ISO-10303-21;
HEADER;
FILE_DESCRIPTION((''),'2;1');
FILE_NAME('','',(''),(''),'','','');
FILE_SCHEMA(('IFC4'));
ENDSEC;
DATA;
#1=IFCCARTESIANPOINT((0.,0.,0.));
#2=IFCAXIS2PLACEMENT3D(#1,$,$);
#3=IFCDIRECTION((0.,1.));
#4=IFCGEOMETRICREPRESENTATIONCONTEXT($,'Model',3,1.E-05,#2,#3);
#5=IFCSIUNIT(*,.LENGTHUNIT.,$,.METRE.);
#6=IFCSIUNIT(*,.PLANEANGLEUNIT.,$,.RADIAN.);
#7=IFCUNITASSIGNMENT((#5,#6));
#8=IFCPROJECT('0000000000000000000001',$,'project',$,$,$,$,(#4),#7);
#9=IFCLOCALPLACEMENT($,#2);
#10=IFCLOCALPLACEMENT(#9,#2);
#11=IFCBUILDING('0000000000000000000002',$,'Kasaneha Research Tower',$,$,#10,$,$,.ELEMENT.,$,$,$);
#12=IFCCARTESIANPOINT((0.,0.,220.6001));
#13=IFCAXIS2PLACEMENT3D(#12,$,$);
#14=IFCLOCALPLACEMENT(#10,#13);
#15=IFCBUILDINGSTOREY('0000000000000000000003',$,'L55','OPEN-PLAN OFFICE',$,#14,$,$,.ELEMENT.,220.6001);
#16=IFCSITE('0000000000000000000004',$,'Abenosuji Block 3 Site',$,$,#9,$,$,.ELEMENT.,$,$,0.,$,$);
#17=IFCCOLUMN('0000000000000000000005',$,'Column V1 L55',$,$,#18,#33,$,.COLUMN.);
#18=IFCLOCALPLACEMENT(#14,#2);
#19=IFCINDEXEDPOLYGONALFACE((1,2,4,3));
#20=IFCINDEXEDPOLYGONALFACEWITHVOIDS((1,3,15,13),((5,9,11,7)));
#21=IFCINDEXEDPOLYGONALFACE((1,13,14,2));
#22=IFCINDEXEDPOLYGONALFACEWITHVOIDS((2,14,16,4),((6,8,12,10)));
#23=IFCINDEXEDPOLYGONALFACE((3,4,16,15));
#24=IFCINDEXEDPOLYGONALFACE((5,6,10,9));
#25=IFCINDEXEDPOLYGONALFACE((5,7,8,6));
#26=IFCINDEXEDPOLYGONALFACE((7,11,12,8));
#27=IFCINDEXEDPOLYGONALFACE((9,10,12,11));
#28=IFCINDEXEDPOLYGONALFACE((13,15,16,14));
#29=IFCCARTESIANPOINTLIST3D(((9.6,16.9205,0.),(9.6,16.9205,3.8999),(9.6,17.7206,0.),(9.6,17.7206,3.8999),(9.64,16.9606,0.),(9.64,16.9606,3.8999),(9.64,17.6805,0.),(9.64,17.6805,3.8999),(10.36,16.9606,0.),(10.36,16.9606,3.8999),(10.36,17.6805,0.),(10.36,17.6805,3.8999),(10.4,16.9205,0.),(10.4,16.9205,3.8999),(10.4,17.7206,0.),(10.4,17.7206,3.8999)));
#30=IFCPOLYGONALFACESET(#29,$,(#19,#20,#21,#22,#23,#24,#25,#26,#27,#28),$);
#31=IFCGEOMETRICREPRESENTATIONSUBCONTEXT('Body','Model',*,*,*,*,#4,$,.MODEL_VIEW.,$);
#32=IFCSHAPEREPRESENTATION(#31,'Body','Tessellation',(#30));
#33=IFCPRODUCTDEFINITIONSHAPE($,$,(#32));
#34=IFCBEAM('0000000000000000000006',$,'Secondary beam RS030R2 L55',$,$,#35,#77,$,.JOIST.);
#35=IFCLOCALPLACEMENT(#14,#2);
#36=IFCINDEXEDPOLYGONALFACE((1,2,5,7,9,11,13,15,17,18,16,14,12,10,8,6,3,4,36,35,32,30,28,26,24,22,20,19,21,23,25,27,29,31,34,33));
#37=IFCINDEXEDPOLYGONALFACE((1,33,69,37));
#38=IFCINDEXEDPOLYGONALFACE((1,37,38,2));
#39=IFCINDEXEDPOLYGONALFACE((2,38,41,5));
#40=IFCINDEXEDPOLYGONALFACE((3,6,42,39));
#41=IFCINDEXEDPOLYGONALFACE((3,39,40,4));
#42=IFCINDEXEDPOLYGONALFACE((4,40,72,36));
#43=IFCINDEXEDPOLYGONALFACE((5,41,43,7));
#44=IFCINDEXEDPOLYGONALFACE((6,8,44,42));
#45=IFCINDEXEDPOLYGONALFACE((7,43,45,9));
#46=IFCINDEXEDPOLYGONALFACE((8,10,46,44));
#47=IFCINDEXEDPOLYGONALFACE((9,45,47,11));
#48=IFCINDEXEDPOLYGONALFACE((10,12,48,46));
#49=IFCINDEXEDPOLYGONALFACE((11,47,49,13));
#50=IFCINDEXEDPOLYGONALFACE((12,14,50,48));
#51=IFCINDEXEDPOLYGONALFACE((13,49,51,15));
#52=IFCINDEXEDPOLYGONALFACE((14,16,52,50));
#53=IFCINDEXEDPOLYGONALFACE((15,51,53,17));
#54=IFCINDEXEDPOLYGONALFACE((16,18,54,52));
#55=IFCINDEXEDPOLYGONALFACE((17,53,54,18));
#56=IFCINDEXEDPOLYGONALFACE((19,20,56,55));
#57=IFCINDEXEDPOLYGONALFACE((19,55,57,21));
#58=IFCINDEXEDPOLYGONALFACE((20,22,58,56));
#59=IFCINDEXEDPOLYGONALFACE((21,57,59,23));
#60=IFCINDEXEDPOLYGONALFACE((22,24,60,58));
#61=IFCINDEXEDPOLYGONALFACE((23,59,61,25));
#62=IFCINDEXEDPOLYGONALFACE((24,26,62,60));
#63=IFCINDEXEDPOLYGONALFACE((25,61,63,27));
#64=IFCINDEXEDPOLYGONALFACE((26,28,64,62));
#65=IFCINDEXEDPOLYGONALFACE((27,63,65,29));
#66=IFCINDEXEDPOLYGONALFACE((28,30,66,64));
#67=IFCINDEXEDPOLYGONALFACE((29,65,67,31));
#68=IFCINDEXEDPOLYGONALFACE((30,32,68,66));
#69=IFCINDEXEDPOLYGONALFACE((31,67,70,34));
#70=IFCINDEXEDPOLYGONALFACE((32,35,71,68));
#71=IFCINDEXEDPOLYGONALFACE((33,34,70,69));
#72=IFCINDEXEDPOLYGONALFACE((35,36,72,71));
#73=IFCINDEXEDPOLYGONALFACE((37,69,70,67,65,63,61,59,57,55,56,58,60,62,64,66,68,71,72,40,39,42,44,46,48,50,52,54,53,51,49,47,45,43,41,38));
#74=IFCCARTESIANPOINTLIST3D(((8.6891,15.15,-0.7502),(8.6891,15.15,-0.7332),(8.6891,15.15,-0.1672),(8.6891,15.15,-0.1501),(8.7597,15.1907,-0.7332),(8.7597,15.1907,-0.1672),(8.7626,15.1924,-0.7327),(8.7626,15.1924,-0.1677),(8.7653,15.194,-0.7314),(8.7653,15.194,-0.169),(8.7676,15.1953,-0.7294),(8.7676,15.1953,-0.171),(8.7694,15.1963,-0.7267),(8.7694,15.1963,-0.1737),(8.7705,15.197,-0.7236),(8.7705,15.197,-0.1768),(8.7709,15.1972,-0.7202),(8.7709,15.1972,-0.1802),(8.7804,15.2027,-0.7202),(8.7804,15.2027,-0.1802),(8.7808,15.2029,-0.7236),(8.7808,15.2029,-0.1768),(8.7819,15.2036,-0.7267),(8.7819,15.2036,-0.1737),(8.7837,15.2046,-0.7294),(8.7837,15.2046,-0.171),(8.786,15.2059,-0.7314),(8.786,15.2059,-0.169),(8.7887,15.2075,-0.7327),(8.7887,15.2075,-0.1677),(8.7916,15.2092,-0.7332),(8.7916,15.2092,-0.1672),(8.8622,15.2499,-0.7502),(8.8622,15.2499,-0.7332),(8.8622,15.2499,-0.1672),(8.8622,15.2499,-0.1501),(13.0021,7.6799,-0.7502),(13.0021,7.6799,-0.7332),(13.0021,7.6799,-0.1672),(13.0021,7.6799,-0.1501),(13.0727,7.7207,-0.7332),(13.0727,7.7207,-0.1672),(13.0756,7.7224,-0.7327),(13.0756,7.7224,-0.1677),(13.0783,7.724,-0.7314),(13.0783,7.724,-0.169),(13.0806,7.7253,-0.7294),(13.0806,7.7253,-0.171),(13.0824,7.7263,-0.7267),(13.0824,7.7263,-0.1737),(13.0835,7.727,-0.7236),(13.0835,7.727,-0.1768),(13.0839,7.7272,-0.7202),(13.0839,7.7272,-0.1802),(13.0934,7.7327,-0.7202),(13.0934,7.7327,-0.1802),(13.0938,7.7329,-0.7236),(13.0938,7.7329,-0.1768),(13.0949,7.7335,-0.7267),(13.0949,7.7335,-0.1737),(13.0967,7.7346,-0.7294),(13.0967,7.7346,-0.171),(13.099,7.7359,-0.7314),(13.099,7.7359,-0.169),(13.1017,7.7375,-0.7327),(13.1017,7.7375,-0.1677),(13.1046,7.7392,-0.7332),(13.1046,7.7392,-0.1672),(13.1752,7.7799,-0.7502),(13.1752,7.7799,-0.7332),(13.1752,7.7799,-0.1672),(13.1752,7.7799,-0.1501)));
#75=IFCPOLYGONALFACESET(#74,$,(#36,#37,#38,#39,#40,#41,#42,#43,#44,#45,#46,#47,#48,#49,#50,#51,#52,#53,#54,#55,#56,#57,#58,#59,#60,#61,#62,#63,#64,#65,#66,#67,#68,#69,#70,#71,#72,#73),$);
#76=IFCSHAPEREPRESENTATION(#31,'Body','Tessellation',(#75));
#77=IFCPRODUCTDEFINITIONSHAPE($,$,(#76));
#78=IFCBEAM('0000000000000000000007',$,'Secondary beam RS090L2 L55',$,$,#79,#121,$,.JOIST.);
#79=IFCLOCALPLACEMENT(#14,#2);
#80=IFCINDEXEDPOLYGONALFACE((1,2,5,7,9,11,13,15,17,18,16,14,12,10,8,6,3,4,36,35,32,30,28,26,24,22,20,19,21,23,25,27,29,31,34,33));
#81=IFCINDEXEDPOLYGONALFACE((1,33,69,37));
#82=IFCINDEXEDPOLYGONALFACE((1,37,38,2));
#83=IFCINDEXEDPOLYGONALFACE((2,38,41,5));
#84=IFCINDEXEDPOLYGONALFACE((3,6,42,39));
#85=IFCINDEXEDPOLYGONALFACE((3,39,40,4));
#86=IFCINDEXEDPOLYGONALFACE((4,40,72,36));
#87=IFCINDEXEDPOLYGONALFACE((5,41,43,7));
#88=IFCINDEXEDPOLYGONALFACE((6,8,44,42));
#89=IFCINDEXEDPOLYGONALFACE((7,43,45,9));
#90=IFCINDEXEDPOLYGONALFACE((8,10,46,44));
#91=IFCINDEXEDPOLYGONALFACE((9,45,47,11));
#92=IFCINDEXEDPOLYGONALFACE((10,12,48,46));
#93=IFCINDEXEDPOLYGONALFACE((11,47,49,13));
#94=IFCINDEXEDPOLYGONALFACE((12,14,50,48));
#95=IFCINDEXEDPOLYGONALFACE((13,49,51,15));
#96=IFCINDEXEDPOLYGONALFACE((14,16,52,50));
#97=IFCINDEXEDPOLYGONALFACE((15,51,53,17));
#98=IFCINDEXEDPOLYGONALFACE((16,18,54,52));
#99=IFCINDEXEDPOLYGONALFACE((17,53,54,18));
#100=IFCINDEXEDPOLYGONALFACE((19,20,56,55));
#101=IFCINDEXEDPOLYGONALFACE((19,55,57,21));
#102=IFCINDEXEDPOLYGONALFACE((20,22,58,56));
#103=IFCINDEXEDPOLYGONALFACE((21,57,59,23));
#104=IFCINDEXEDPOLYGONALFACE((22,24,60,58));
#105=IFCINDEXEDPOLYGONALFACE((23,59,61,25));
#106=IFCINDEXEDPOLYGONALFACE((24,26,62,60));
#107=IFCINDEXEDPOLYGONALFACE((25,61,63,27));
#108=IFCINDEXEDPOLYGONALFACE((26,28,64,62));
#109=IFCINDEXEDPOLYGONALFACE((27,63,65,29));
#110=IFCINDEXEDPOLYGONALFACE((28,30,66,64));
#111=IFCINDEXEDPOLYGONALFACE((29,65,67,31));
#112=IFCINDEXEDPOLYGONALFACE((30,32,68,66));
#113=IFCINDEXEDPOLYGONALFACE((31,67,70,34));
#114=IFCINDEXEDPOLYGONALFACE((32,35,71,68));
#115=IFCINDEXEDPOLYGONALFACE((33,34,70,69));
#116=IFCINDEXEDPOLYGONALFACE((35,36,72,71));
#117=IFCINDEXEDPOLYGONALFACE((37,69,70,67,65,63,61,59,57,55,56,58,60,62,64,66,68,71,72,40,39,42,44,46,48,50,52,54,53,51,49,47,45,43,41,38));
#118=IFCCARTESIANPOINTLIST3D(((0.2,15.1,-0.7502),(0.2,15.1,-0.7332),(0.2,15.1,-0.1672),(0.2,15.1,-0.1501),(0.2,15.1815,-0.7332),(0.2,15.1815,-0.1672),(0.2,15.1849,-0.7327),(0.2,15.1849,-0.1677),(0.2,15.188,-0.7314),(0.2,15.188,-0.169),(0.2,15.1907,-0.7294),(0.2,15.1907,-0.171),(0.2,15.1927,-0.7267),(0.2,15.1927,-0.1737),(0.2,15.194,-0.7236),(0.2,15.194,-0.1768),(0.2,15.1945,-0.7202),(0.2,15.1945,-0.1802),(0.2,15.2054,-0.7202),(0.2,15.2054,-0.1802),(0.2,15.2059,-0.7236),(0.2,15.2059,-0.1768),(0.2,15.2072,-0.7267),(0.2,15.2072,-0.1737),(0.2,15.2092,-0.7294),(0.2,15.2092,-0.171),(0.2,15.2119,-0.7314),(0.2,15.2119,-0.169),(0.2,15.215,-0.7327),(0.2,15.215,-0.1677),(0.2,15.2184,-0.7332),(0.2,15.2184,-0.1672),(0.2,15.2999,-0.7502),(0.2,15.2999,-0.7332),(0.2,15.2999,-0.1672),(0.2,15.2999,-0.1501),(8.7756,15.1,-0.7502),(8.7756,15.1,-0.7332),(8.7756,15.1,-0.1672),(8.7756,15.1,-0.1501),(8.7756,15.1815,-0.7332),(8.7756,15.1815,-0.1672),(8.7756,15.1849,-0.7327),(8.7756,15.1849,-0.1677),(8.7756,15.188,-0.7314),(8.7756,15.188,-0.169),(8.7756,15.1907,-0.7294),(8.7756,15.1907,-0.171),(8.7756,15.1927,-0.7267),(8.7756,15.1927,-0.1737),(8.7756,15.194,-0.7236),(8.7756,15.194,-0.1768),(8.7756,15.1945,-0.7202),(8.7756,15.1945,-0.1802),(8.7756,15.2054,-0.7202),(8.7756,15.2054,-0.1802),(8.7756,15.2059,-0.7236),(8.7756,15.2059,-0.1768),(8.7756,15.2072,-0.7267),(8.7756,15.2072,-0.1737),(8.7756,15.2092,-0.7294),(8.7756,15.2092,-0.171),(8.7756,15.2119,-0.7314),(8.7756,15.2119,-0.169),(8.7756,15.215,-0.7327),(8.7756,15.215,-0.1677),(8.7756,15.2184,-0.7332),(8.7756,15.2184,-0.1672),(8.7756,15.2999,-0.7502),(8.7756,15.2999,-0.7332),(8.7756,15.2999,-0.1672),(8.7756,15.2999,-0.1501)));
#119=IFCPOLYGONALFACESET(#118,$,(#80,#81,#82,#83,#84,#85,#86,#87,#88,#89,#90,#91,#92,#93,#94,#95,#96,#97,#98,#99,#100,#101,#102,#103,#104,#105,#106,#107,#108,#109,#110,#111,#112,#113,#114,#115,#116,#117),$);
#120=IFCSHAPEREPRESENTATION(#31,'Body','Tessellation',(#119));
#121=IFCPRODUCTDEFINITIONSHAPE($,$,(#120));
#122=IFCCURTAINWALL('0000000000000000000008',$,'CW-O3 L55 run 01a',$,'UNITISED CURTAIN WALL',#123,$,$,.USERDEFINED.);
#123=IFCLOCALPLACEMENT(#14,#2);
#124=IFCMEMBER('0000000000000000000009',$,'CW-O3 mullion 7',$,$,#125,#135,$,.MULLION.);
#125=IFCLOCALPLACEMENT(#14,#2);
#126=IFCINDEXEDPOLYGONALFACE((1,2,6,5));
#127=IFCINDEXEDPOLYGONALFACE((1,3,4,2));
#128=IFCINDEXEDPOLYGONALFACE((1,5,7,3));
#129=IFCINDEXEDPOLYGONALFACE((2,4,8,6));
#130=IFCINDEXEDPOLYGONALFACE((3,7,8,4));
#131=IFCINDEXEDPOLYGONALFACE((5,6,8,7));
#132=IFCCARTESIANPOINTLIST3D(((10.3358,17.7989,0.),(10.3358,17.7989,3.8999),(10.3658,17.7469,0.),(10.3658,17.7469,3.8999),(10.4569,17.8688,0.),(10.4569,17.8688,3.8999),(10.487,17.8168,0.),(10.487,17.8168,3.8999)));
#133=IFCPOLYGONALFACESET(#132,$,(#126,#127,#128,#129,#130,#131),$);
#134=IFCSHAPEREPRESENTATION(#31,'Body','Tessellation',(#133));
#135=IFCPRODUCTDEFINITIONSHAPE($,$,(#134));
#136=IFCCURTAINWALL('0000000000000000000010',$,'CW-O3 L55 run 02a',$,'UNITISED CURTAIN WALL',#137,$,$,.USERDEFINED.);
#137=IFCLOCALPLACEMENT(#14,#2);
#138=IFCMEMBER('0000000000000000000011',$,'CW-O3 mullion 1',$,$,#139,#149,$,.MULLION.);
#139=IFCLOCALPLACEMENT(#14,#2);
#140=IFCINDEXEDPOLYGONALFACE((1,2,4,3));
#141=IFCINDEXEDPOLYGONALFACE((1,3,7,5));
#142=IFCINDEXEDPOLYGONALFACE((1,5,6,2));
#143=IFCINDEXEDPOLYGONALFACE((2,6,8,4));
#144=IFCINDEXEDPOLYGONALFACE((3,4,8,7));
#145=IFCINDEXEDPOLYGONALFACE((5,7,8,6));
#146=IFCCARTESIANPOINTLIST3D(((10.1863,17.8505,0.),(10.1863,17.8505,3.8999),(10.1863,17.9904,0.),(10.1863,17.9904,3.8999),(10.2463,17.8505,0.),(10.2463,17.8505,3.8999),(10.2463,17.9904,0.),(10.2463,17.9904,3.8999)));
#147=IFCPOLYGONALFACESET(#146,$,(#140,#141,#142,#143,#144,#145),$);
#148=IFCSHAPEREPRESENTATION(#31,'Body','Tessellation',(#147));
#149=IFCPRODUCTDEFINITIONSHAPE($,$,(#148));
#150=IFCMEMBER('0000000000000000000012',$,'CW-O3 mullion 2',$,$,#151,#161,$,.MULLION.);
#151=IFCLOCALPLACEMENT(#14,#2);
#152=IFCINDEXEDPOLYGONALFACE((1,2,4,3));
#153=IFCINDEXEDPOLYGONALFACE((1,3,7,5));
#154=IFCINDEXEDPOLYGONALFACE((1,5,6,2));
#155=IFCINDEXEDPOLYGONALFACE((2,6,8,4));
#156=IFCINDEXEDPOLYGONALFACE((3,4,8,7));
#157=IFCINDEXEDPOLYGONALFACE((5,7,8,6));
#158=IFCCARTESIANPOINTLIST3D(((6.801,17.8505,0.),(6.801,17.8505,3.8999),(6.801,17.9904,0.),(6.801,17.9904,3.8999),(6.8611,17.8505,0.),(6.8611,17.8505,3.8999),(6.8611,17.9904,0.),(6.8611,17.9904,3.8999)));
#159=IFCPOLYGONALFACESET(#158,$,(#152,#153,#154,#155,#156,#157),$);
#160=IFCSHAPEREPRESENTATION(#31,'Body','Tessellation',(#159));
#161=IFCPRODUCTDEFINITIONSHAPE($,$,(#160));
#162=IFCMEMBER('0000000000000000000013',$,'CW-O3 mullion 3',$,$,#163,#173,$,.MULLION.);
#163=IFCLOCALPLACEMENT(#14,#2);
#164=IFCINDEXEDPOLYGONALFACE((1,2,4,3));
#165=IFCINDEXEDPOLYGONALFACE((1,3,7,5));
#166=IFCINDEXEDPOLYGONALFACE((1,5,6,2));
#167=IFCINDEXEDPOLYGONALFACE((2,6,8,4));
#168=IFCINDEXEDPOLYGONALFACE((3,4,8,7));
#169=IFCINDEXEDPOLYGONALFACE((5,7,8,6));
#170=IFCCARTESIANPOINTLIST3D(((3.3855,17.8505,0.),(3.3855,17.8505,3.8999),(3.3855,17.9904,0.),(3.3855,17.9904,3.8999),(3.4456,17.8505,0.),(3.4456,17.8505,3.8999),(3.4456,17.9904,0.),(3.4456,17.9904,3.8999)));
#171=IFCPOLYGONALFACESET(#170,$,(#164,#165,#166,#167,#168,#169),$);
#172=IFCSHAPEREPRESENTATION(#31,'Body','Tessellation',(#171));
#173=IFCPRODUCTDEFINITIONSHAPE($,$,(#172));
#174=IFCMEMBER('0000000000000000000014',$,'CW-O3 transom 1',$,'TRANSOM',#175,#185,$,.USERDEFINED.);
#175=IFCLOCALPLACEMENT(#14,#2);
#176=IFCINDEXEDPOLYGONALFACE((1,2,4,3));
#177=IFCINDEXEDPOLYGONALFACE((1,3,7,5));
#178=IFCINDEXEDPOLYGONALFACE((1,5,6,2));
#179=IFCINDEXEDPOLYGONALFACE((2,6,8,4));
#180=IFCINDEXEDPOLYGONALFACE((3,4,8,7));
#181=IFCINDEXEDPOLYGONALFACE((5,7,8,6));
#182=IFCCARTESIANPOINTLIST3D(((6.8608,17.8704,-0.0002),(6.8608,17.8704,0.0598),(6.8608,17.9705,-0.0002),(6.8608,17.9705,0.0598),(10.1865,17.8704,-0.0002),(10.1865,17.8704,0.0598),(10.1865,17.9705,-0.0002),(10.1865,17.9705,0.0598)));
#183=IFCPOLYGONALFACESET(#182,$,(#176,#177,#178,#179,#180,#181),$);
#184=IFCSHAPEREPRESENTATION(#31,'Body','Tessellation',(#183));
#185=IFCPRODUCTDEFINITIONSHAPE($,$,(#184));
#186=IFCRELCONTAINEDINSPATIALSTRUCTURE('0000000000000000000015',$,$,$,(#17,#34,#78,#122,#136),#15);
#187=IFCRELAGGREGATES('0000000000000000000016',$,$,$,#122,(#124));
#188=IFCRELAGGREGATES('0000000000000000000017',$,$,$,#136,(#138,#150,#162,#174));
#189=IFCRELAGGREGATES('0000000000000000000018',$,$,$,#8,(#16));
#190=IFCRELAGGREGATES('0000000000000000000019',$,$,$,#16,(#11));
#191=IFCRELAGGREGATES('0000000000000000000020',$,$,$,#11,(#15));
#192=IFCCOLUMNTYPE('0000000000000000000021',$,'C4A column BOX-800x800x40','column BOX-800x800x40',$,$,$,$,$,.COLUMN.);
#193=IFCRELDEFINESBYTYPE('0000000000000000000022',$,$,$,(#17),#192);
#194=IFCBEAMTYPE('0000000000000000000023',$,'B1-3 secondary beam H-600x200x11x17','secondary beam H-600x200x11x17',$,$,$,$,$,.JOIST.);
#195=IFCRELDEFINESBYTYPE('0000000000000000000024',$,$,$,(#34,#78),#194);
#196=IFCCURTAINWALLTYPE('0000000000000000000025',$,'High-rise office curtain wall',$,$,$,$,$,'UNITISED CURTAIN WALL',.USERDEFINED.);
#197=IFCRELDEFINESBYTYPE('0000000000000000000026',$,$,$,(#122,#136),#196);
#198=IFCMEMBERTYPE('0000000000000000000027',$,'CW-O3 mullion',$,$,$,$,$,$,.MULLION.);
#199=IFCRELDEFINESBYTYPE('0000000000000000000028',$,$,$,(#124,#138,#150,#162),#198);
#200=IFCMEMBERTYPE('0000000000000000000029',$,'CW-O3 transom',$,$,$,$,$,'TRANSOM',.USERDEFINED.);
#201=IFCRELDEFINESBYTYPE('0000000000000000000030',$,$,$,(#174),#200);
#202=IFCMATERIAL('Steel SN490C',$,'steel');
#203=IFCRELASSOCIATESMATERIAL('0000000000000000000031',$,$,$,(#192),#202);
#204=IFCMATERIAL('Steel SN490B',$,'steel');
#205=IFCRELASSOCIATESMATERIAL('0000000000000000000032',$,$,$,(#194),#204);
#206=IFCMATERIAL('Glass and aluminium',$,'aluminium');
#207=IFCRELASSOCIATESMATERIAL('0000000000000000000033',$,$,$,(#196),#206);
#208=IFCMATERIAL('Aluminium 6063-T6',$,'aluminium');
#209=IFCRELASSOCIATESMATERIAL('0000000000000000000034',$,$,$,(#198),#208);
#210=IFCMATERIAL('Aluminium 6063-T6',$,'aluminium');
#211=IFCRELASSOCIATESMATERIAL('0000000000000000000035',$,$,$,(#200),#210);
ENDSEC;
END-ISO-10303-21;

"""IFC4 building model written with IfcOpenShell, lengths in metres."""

from ifc_helpers import new_model, si_unit, direction, frame, origin, origin_2d, place, context, subcontext, project, spatial, rectangle, hollow_rectangle, i_section, extrude, material, material_profile, profile_set, type_object, element, aggregate, save


model = new_model("IFC4")

# Units and contexts
model_context = context("Model", 3, precision=1e-05, world=origin(), true_north=direction((0.0, 1.0)))
body_context = subcontext(model_context, "Body", "Model", "MODEL_VIEW")
ifc_project = project(units=[si_unit("LENGTHUNIT", "METRE"), si_unit("PLANEANGLEUNIT", "RADIAN")], contexts=[model_context])

# Site, building, storey
site_placement = place(None, origin())
site = spatial("IfcSite", under=ifc_project, at=site_placement, Name="Abenosuji Block 3 Site", CompositionType="ELEMENT", RefElevation=0.0)
building_placement = place(site_placement, origin())
building = spatial("IfcBuilding", under=site, at=building_placement, Name="Kasaneha Research Tower", CompositionType="ELEMENT")
storey_placement = place(building_placement, frame((0.0, 0.0, 220.6001)))
storey = spatial("IfcBuildingStorey", under=building, at=storey_placement, Name="L55", Description="OPEN-PLAN OFFICE", CompositionType="ELEMENT", Elevation=220.6001)

# Column
ifc_material_1 = material(Name="Steel SN490C", Category="steel")
ifc_material_profile_1 = material_profile(ifc_material_1, hollow_rectangle(XDim=0.8, YDim=0.8, WallThickness=0.04, at=origin_2d()), Name="BOX-800x800x40")
ifc_profile_set_1 = profile_set([ifc_material_profile_1], Name="Steel SN490C")
column_type = type_object("IfcColumnType", Name="C4A column BOX-800x800x40", Description="column BOX-800x800x40", PredefinedType="COLUMN", material=ifc_profile_set_1)
column_placement = place(storey_placement, frame((10.0, 17.3206, 0.0), z_axis=(0.0, 0.0, 1.0), x_axis=(1.0, 0.0, 0.0)))
element("IfcColumn", 1, at=column_placement, inside=storey, type_object=column_type, Name="Column V1 L55", PredefinedType="COLUMN", context=body_context, shape_type="SweptSolid", body=[
    extrude(hollow_rectangle(XDim=0.8, YDim=0.8, WallThickness=0.04, at=origin_2d()), origin(), (0.0, 0.0, 1.0), 3.8999),
])

# Beams
ifc_material_2 = material(Name="Steel SN490B", Category="steel")
ifc_material_profile_2 = material_profile(ifc_material_2, i_section(OverallWidth=0.2, OverallDepth=0.6001, WebThickness=0.011, FlangeThickness=0.0171, FilletRadius=0.0129, at=origin_2d()), Name="H-600x200x11x17")
ifc_profile_set_2 = profile_set([ifc_material_profile_2], Name="Steel SN490B")
beam_type_1 = type_object("IfcBeamType", Name="B1-3 secondary beam H-600x200x11x17", Description="secondary beam H-600x200x11x17", PredefinedType="JOIST", material=ifc_profile_set_2)
beam_1_placement = place(storey_placement, frame((8.7756, 15.2, -0.4502), z_axis=(0.500017, -0.866015, 0.0), x_axis=(0.866015, 0.500017, 0.0)))
element("IfcBeam", 2, at=beam_1_placement, inside=storey, type_object=beam_type_1, Name="Secondary beam RS030R2 L55", PredefinedType="JOIST", context=body_context, shape_type="SweptSolid", body=[
    extrude(i_section(OverallWidth=0.2, OverallDepth=0.6001, WebThickness=0.011, FlangeThickness=0.0171, FilletRadius=0.0129, at=origin_2d()), origin(), (0.0, 0.0, 1.0), 8.6257),
])
beam_2_placement = place(storey_placement, frame((8.7756, 15.2, -0.4502), z_axis=(-1.0, 0.0, 0.0), x_axis=(0.0, -1.0, 0.0)))
element("IfcBeam", 3, at=beam_2_placement, inside=storey, type_object=beam_type_1, Name="Secondary beam RS090L2 L55", PredefinedType="JOIST", context=body_context, shape_type="SweptSolid", body=[
    extrude(i_section(OverallWidth=0.2, OverallDepth=0.6001, WebThickness=0.011, FlangeThickness=0.0171, FilletRadius=0.0129, at=origin_2d()), origin(), (0.0, 0.0, 1.0), 8.5757),
])

# Curtain wall, member
ifc_material_3 = material(Name="Glass and aluminium", Category="aluminium")
curtain_wall_type = type_object("IfcCurtainWallType", Name="High-rise office curtain wall", ElementType="UNITISED CURTAIN WALL", PredefinedType="USERDEFINED", material=ifc_material_3)
curtain_wall_1_placement = place(storey_placement, origin())
curtain_wall_1 = element("IfcCurtainWall", 4, at=curtain_wall_1_placement, inside=storey, type_object=curtain_wall_type, Name="CW-O3 L55 run 01a", ObjectType="UNITISED CURTAIN WALL", PredefinedType="USERDEFINED")
ifc_material_4 = material(Name="Aluminium 6063-T6", Category="aluminium")
ifc_material_profile_3 = material_profile(ifc_material_4, rectangle(XDim=0.0601, YDim=0.1399, at=origin_2d()), Name="CW-O3 mullion 60x140")
ifc_profile_set_3 = profile_set([ifc_material_profile_3], Name="Aluminium 6063-T6")
member_type_1 = type_object("IfcMemberType", Name="CW-O3 mullion", PredefinedType="MULLION", material=ifc_profile_set_3)
member_1_placement = place(storey_placement, frame((10.4114, 17.8079, 0.0), z_axis=(0.0, 0.0, 1.0), x_axis=(-0.5, 0.866025, 0.0)))
member_1 = element("IfcMember", 5, at=member_1_placement, type_object=member_type_1, Name="CW-O3 mullion 7", PredefinedType="MULLION", context=body_context, shape_type="SweptSolid", body=[
    extrude(rectangle(XDim=0.0601, YDim=0.1399, at=origin_2d()), origin(), (0.0, 0.0, 1.0), 3.8999),
])

# Curtain wall, members
curtain_wall_2_placement = place(storey_placement, origin())
curtain_wall_2 = element("IfcCurtainWall", 6, at=curtain_wall_2_placement, inside=storey, type_object=curtain_wall_type, Name="CW-O3 L55 run 02a", ObjectType="UNITISED CURTAIN WALL", PredefinedType="USERDEFINED")
member_2_placement = place(storey_placement, frame((10.2163, 17.9204, 0.0), z_axis=(0.0, 0.0, 1.0), x_axis=(-1.0, 0.0, 0.0)))
member_2 = element("IfcMember", 7, at=member_2_placement, type_object=member_type_1, Name="CW-O3 mullion 1", PredefinedType="MULLION", context=body_context, shape_type="SweptSolid", body=[
    extrude(rectangle(XDim=0.0601, YDim=0.1399, at=origin_2d()), origin(), (0.0, 0.0, 1.0), 3.8999),
])
member_3_placement = place(storey_placement, frame((6.8311, 17.9204, 0.0), z_axis=(0.0, 0.0, 1.0), x_axis=(-1.0, 0.0, 0.0)))
member_3 = element("IfcMember", 8, at=member_3_placement, type_object=member_type_1, Name="CW-O3 mullion 2", PredefinedType="MULLION", context=body_context, shape_type="SweptSolid", body=[
    extrude(rectangle(XDim=0.0601, YDim=0.1399, at=origin_2d()), origin(), (0.0, 0.0, 1.0), 3.8999),
])
member_4_placement = place(storey_placement, frame((3.4155, 17.9204, 0.0), z_axis=(0.0, 0.0, 1.0), x_axis=(-1.0, 0.0, 0.0)))
member_4 = element("IfcMember", 9, at=member_4_placement, type_object=member_type_1, Name="CW-O3 mullion 3", PredefinedType="MULLION", context=body_context, shape_type="SweptSolid", body=[
    extrude(rectangle(XDim=0.0601, YDim=0.1399, at=origin_2d()), origin(), (0.0, 0.0, 1.0), 3.8999),
])
ifc_material_5 = material(Name="Aluminium 6063-T6", Category="aluminium")
ifc_material_profile_4 = material_profile(ifc_material_5, rectangle(XDim=0.1001, YDim=0.0601, at=origin_2d()), Name="CW-O3 transom 100x60")
ifc_profile_set_4 = profile_set([ifc_material_profile_4], Name="Aluminium 6063-T6")
member_type_2 = type_object("IfcMemberType", Name="CW-O3 transom", ElementType="TRANSOM", PredefinedType="USERDEFINED", material=ifc_profile_set_4)
member_5_placement = place(storey_placement, frame((10.1865, 17.9204, 0.0298), z_axis=(-1.0, 0.0, 0.0), x_axis=(0.0, -1.0, 0.0)))
member_5 = element("IfcMember", 10, at=member_5_placement, type_object=member_type_2, Name="CW-O3 transom 1", ObjectType="TRANSOM", PredefinedType="USERDEFINED", context=body_context, shape_type="SweptSolid", body=[
    extrude(rectangle(XDim=0.1001, YDim=0.0601, at=origin_2d()), origin(), (0.0, 0.0, 1.0), 3.3257),
])

aggregate(curtain_wall_1, [member_1])
aggregate(curtain_wall_2, [member_2, member_3, member_4, member_5])

save(model, "model.ifc")
